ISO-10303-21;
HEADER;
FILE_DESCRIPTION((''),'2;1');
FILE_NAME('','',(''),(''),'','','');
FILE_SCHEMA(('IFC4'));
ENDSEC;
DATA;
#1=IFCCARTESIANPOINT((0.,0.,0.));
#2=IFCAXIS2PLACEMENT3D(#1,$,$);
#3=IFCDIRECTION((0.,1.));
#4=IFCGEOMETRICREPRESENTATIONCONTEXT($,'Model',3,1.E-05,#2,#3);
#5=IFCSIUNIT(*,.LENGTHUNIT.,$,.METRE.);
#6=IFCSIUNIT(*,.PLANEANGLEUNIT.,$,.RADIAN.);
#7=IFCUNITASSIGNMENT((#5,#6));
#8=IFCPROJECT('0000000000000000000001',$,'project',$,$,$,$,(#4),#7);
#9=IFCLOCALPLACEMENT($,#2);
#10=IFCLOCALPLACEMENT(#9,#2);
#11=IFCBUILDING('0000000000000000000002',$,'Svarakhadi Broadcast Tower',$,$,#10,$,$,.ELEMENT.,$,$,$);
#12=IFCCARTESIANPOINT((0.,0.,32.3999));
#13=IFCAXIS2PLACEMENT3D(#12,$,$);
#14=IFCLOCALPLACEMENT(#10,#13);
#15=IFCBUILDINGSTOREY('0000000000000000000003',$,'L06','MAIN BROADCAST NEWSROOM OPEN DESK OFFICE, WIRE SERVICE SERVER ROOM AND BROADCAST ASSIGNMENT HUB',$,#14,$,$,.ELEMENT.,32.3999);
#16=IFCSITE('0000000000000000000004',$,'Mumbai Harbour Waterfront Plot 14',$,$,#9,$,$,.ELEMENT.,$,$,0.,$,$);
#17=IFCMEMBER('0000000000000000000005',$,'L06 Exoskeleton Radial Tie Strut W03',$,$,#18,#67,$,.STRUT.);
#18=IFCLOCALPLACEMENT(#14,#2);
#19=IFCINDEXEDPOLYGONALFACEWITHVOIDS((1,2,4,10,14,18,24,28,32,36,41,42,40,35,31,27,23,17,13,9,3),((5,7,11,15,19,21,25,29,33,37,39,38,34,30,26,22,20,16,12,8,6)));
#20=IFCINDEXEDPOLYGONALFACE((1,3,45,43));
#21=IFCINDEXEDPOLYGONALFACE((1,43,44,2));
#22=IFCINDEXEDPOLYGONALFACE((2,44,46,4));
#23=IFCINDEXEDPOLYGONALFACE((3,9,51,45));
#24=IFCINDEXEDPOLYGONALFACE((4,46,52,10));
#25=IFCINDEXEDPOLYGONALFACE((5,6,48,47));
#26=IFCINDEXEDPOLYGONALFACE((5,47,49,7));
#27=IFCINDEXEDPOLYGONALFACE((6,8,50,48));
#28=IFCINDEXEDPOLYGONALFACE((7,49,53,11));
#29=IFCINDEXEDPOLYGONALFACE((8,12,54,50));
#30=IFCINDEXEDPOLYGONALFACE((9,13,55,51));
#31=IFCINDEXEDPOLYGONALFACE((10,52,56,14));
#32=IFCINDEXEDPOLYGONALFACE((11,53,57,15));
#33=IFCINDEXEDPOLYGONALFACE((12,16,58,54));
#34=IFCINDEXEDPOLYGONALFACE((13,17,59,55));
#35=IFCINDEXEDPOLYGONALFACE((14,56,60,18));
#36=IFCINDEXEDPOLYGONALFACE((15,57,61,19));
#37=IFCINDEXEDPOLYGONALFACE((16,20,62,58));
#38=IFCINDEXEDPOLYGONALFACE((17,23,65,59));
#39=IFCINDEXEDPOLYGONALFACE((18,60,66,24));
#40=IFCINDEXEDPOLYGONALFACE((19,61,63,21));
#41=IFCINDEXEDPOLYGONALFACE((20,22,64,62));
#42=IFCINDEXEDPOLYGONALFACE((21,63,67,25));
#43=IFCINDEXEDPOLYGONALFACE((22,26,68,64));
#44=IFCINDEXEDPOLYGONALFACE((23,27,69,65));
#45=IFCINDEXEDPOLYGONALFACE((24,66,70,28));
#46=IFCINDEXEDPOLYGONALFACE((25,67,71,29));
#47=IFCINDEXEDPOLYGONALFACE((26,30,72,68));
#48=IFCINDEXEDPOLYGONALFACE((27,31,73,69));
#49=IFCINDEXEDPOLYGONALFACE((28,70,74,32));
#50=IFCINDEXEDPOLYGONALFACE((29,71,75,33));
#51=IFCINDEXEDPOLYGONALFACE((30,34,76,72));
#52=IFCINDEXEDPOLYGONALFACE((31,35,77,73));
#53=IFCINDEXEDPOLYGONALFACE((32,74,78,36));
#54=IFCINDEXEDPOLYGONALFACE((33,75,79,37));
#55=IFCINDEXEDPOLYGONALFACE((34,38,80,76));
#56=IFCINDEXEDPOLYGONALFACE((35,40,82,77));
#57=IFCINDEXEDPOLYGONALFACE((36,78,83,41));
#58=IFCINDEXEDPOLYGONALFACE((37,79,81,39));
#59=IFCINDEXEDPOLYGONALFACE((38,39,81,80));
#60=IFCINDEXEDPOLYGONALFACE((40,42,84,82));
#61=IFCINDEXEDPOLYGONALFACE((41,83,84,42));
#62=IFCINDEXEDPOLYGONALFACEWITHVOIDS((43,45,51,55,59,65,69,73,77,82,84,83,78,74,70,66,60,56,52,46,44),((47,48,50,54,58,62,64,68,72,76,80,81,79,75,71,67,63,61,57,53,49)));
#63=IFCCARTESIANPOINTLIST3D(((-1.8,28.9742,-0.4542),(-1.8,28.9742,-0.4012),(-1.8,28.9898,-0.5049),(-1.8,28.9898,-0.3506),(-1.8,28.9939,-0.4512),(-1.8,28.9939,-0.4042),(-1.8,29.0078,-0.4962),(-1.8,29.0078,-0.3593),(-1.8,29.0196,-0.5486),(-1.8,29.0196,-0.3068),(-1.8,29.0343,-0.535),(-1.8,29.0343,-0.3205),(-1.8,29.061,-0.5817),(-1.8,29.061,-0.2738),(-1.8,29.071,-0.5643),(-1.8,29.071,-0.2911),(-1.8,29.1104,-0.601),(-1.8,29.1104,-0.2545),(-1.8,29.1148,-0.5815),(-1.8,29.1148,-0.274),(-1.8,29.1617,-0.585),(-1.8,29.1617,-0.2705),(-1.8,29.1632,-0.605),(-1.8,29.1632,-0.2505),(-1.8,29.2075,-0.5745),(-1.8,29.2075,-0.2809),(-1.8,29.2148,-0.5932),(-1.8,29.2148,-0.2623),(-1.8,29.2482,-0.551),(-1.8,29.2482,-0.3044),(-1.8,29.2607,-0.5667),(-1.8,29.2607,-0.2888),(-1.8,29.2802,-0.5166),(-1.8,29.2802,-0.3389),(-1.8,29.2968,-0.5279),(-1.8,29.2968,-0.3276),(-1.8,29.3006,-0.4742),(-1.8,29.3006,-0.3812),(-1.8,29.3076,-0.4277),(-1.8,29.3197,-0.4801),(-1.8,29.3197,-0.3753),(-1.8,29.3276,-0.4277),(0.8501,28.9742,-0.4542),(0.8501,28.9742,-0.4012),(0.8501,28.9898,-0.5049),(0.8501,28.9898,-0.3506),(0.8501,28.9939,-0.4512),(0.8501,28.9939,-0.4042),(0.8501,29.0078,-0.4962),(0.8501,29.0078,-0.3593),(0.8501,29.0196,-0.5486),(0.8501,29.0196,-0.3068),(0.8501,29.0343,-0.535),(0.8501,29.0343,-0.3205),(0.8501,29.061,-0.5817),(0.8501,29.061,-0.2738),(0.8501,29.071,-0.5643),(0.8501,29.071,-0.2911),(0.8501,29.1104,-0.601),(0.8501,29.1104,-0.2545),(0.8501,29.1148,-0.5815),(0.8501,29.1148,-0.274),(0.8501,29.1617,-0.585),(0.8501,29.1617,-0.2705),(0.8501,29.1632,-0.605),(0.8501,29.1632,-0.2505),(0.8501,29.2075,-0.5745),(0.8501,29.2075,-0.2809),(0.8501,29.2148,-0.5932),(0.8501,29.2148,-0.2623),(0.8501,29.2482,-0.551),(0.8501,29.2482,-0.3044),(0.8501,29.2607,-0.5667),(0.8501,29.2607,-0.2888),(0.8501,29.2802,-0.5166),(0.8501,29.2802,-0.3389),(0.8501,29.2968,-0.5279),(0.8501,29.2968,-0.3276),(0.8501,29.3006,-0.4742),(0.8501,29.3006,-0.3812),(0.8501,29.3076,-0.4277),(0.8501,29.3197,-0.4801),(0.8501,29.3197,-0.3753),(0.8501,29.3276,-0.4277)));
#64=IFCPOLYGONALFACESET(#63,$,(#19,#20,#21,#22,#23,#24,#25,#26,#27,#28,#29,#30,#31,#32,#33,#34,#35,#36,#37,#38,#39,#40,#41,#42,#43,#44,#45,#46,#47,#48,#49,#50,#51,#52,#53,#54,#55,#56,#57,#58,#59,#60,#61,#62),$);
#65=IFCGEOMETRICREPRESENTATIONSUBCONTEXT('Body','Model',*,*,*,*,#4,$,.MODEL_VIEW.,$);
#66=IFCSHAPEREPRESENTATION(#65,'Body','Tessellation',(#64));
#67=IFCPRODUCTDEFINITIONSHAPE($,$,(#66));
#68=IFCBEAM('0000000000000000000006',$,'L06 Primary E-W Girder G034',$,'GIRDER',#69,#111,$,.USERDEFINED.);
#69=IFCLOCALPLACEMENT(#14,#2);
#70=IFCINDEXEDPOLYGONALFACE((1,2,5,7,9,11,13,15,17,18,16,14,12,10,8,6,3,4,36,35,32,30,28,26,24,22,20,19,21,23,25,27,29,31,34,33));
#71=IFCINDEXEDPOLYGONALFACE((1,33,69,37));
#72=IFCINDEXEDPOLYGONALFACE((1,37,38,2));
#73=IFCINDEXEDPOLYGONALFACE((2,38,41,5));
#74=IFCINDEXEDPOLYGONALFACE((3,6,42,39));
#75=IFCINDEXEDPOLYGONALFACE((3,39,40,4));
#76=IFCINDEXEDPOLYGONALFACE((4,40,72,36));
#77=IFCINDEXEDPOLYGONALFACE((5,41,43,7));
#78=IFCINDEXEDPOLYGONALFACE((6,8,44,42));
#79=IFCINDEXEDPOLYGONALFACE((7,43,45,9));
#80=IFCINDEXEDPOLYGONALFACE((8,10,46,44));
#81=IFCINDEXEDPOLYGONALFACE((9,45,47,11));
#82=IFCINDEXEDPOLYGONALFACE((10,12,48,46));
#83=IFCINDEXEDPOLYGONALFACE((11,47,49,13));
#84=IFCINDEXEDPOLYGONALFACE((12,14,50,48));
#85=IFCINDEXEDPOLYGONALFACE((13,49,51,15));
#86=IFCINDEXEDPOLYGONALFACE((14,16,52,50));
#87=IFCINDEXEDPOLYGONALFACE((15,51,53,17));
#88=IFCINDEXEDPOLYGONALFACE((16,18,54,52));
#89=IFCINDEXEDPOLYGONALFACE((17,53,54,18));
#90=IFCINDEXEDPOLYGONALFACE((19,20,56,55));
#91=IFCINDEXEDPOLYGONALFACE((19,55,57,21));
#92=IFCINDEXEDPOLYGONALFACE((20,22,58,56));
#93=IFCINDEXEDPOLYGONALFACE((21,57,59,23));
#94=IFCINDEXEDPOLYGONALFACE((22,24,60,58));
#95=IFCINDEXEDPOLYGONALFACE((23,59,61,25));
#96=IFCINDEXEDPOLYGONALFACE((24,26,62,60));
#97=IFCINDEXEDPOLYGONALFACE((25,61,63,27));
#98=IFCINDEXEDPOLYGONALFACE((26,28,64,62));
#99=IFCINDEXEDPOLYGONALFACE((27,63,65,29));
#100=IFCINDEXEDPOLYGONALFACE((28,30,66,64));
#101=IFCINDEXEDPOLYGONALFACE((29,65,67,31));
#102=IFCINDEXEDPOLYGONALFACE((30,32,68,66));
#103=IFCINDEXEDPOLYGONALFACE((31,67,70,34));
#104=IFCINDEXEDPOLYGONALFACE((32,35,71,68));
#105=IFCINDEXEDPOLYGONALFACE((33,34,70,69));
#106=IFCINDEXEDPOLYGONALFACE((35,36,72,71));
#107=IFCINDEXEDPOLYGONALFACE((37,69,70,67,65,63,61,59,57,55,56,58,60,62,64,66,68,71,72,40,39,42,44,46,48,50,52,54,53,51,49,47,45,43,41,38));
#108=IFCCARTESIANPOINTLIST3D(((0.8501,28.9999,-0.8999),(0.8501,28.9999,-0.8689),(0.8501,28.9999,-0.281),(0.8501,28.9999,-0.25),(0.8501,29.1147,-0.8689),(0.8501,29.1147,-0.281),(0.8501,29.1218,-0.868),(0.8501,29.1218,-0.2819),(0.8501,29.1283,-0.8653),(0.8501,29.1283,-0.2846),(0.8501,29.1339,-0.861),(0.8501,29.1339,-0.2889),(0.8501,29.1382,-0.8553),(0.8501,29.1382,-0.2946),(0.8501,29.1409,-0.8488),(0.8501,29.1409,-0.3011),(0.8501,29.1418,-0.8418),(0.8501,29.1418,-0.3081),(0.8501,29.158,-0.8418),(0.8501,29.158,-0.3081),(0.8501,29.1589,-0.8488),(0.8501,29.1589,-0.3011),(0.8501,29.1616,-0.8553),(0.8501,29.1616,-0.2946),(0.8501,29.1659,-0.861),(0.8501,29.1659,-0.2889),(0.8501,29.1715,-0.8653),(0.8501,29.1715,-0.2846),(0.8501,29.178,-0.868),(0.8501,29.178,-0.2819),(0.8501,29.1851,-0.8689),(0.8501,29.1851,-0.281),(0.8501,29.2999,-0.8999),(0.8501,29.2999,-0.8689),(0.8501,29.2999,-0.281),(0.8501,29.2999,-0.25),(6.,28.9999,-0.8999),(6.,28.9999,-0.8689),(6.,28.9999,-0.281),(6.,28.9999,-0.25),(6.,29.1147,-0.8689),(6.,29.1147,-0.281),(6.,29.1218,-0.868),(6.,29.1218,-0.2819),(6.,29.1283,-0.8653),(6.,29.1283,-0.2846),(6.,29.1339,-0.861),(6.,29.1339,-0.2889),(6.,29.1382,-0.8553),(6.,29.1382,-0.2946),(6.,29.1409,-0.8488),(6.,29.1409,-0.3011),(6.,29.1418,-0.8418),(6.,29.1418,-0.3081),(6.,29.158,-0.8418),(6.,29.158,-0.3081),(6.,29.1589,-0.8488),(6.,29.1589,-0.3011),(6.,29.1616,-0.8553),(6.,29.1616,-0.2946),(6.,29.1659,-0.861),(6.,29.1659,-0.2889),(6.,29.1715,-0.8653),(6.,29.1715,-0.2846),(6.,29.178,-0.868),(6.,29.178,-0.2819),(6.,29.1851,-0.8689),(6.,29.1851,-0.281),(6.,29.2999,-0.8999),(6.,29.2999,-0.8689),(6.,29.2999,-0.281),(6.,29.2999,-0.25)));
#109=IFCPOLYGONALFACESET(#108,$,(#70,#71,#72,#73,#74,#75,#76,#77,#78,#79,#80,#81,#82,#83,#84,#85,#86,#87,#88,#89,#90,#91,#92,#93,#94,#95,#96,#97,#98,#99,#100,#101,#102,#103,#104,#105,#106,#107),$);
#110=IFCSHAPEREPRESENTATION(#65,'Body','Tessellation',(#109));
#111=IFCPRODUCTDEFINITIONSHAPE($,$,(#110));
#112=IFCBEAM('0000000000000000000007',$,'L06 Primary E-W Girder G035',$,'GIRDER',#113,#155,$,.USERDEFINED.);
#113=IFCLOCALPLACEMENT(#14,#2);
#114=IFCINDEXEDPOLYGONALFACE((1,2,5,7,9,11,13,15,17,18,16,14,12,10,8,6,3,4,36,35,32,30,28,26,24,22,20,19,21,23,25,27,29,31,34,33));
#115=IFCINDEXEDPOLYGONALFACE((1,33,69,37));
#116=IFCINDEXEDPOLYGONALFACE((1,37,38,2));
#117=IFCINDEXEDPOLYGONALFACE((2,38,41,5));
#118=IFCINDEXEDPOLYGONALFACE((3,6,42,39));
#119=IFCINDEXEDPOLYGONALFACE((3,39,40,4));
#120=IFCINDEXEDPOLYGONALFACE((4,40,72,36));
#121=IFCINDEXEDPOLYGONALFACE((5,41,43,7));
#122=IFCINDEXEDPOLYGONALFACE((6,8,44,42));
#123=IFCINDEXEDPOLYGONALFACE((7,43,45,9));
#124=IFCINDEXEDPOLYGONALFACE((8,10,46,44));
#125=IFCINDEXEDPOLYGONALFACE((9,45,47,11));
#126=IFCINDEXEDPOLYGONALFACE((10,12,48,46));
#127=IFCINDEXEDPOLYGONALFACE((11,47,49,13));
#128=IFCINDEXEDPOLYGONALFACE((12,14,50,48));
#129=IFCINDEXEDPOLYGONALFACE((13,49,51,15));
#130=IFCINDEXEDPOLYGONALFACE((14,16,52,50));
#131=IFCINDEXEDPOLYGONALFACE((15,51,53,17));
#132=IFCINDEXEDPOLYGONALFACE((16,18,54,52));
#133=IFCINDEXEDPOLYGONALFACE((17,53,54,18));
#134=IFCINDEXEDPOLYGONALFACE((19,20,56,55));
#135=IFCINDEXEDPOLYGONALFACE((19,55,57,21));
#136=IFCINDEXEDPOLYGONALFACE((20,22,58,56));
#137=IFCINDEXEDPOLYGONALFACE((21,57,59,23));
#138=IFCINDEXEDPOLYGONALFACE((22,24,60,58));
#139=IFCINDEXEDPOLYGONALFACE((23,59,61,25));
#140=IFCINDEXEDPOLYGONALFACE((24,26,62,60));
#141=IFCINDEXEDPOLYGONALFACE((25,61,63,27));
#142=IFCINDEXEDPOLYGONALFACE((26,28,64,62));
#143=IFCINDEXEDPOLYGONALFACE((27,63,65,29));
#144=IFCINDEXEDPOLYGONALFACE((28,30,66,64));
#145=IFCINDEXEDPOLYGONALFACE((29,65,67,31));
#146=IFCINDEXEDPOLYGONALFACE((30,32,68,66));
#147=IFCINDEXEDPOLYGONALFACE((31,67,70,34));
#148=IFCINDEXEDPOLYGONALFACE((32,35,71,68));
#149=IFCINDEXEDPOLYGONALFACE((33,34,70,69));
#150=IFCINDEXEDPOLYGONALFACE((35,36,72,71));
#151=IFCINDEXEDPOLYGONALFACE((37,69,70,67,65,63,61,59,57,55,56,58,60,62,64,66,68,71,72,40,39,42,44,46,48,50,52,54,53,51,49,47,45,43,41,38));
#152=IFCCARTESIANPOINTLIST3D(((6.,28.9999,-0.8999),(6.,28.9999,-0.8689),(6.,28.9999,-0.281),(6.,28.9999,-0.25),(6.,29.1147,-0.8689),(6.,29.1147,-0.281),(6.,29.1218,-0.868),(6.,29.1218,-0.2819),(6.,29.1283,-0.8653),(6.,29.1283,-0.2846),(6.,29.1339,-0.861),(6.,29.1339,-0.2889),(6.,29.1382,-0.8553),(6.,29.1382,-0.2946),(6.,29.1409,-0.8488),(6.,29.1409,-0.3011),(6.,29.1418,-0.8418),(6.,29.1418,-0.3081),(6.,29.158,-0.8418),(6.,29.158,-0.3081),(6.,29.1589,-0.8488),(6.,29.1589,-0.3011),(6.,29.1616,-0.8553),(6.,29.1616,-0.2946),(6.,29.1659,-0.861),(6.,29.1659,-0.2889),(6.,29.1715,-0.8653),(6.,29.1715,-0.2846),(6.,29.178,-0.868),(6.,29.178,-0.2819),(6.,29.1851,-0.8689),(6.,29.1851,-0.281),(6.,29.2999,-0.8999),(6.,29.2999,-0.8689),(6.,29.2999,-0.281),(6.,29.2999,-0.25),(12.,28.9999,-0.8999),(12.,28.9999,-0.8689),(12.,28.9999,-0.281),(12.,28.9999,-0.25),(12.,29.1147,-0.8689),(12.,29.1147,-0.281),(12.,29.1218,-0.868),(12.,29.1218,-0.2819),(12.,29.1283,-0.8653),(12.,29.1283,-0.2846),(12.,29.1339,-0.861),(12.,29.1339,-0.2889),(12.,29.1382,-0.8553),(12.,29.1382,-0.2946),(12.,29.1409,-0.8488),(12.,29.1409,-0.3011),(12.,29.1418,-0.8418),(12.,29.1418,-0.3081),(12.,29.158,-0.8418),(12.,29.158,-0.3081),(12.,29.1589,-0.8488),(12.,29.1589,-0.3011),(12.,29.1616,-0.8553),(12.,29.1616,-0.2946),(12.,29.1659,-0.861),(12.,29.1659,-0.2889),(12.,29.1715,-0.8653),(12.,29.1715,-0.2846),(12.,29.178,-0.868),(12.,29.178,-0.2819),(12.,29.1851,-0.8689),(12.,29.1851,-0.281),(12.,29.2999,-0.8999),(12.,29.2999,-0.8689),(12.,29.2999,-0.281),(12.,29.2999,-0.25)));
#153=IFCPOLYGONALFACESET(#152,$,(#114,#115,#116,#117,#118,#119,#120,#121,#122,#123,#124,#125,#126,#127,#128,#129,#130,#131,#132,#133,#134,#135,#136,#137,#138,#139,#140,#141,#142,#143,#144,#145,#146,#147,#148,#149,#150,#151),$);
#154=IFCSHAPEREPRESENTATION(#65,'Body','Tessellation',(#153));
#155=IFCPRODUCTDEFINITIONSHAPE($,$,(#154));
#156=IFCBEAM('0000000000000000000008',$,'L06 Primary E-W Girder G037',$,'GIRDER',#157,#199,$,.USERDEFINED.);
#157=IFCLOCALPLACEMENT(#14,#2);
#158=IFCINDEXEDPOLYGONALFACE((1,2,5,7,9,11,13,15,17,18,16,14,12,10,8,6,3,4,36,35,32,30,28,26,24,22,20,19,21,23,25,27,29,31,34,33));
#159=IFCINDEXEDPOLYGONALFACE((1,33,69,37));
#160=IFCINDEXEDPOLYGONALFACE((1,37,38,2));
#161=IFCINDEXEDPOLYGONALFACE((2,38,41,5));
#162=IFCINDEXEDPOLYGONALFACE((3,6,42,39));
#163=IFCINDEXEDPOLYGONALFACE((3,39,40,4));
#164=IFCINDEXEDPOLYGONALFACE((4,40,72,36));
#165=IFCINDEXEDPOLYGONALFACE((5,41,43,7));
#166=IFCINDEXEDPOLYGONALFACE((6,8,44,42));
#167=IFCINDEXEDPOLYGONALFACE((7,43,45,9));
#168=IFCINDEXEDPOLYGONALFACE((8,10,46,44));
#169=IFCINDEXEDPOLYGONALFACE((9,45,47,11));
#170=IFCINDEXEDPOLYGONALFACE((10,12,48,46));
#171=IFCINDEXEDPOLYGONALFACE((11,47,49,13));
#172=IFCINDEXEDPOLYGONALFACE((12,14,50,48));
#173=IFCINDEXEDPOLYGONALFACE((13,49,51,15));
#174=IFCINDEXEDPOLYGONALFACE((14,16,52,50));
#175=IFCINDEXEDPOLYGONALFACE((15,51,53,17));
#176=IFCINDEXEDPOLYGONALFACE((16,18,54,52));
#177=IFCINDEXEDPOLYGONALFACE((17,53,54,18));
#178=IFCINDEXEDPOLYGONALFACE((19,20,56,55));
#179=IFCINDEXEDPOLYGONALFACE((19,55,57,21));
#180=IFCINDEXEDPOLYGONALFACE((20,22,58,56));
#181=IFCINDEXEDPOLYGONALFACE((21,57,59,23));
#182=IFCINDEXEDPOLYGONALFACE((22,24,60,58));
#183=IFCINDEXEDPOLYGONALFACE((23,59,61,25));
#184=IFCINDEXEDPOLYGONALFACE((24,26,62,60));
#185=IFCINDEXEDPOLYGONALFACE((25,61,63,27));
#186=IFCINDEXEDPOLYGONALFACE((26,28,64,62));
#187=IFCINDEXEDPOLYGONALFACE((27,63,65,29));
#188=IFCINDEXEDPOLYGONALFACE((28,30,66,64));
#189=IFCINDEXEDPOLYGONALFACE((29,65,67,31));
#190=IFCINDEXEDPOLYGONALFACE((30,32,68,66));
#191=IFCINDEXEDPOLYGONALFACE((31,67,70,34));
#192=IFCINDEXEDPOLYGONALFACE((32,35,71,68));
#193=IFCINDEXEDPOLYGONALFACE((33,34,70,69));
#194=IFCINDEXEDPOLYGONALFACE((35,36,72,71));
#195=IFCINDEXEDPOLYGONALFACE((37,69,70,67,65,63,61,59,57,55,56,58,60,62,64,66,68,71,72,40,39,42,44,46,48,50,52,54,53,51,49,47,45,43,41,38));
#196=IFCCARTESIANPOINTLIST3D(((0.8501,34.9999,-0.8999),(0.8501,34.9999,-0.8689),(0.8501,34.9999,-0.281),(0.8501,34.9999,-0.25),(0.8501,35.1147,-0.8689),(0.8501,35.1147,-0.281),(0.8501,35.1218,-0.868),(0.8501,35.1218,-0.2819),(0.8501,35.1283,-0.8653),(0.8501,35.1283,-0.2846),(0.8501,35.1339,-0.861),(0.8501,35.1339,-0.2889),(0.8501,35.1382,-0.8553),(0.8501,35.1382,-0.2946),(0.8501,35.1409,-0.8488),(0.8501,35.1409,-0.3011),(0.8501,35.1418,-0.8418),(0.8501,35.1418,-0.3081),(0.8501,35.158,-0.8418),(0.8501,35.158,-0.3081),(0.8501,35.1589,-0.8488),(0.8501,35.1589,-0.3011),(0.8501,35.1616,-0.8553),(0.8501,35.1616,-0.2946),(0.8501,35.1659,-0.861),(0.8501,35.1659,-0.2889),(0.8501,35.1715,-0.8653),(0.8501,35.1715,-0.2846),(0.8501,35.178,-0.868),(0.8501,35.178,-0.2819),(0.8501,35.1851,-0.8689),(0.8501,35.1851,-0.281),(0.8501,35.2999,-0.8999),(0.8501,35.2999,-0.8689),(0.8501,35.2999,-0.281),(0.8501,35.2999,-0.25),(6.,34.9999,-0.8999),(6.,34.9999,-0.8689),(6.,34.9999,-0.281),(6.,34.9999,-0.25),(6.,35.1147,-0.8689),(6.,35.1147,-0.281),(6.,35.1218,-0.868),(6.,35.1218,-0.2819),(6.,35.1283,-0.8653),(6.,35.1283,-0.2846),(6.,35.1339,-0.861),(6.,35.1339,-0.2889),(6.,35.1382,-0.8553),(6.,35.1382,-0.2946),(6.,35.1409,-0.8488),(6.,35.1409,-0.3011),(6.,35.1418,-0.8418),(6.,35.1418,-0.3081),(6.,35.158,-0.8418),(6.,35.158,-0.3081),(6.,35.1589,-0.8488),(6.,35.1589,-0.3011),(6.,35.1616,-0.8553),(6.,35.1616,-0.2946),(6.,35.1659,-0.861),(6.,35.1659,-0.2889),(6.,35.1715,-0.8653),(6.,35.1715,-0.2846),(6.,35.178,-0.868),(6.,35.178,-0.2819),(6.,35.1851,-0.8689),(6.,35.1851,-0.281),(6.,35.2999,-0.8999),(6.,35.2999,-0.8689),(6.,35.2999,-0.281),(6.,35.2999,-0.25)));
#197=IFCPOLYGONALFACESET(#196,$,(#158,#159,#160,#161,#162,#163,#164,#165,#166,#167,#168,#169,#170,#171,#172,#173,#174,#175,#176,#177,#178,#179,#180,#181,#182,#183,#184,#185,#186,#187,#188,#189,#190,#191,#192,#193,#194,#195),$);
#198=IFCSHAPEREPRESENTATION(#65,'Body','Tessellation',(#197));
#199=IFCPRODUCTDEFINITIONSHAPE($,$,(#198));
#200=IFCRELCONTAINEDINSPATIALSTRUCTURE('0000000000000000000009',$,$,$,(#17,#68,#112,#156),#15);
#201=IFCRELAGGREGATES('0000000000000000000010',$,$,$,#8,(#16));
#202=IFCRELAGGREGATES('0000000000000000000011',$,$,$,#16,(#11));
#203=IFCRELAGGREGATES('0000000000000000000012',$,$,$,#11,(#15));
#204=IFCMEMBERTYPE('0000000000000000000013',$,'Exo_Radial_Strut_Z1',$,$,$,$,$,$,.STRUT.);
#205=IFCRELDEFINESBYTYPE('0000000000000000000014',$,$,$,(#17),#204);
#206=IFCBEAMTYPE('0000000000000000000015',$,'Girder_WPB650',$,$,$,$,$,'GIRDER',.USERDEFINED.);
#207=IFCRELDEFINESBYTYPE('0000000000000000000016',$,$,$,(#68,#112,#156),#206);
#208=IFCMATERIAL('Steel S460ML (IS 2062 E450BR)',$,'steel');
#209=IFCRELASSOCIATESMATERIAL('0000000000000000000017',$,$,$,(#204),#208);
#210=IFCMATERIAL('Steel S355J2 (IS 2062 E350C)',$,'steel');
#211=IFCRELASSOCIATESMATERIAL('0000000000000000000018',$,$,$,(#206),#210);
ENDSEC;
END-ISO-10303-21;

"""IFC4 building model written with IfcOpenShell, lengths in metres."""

from ifc_helpers import new_model, si_unit, direction, frame, origin, origin_2d, place, context, subcontext, project, spatial, hollow_circle, i_section, extrude, material, material_profile, profile_set, type_object, element, save


model = new_model("IFC4")

# Units and contexts
model_context = context("Model", 3, precision=1e-05, world=origin(), true_north=direction((0.0, 1.0)))
body_context = subcontext(model_context, "Body", "Model", "MODEL_VIEW")
ifc_project = project(units=[si_unit("LENGTHUNIT", "METRE"), si_unit("PLANEANGLEUNIT", "RADIAN")], contexts=[model_context])

# Site, building, storey
site_placement = place(None, origin())
site = spatial("IfcSite", under=ifc_project, at=site_placement, Name="Mumbai Harbour Waterfront Plot 14", CompositionType="ELEMENT", RefElevation=0.0)
building_placement = place(site_placement, origin())
building = spatial("IfcBuilding", under=site, at=building_placement, Name="Svarakhadi Broadcast Tower", CompositionType="ELEMENT")
storey_placement = place(building_placement, frame((0.0, 0.0, 32.3999)))
storey = spatial("IfcBuildingStorey", under=building, at=storey_placement, Name="L06", Description="MAIN BROADCAST NEWSROOM OPEN DESK OFFICE, WIRE SERVICE SERVER ROOM AND BROADCAST ASSIGNMENT HUB", CompositionType="ELEMENT", Elevation=32.3999)

# Shared definitions
ifc_material_1 = material(Name="Steel S460ML (IS 2062 E450BR)", Category="steel")

# Shared definitions
ifc_material_2 = material(Name="Steel S355J2 (IS 2062 E350C)", Category="steel")

# Member
ifc_material_profile_1 = material_profile(ifc_material_1, hollow_circle(Radius=0.1777, WallThickness=0.02, at=origin_2d()), Name="CHS 355.6x20")
ifc_profile_set_1 = profile_set([ifc_material_profile_1], Name="Steel S460ML (IS 2062 E450BR)")
member_type_1 = type_object("IfcMemberType", Name="Exo_Radial_Strut_Z1", PredefinedType="STRUT", material=ifc_profile_set_1)
member_1_placement = place(storey_placement, frame((-1.8, 29.1499, -0.4277), z_axis=(1.0, 0.0, 0.0), x_axis=(0.0, 1.0, 0.0)))
element("IfcMember", 1, at=member_1_placement, inside=storey, type_object=member_type_1, Name="L06 Exoskeleton Radial Tie Strut W03", PredefinedType="STRUT", context=body_context, shape_type="SweptSolid", body=[
    extrude(hollow_circle(Radius=0.1777, WallThickness=0.02, at=origin_2d()), origin(), (0.0, 0.0, 1.0), 2.6501),
])

# Beams
ifc_material_profile_2 = material_profile(ifc_material_2, i_section(OverallWidth=0.3, OverallDepth=0.6499, WebThickness=0.0161, FlangeThickness=0.031, FilletRadius=0.0271, at=origin_2d()), Name="WPB 650x300x225")
ifc_profile_set_2 = profile_set([ifc_material_profile_2], Name="Steel S355J2 (IS 2062 E350C)")
beam_type_1 = type_object("IfcBeamType", Name="Girder_WPB650", ElementType="GIRDER", PredefinedType="USERDEFINED", material=ifc_profile_set_2)
beam_1_placement = place(storey_placement, frame((0.8501, 29.1499, -0.575), z_axis=(1.0, 0.0, 0.0), x_axis=(0.0, 1.0, 0.0)))
element("IfcBeam", 2, at=beam_1_placement, inside=storey, type_object=beam_type_1, Name="L06 Primary E-W Girder G034", ObjectType="GIRDER", PredefinedType="USERDEFINED", context=body_context, shape_type="SweptSolid", body=[
    extrude(i_section(OverallWidth=0.3, OverallDepth=0.6499, WebThickness=0.0161, FlangeThickness=0.031, FilletRadius=0.0271, at=origin_2d()), origin(), (0.0, 0.0, 1.0), 5.1499),
])
beam_2_placement = place(storey_placement, frame((6.0, 29.1499, -0.575), z_axis=(1.0, 0.0, 0.0), x_axis=(0.0, 1.0, 0.0)))
element("IfcBeam", 3, at=beam_2_placement, inside=storey, type_object=beam_type_1, Name="L06 Primary E-W Girder G035", ObjectType="GIRDER", PredefinedType="USERDEFINED", context=body_context, shape_type="SweptSolid", body=[
    extrude(i_section(OverallWidth=0.3, OverallDepth=0.6499, WebThickness=0.0161, FlangeThickness=0.031, FilletRadius=0.0271, at=origin_2d()), origin(), (0.0, 0.0, 1.0), 6.0),
])
beam_3_placement = place(storey_placement, frame((0.8501, 35.1499, -0.575), z_axis=(1.0, 0.0, 0.0), x_axis=(0.0, 1.0, 0.0)))
element("IfcBeam", 4, at=beam_3_placement, inside=storey, type_object=beam_type_1, Name="L06 Primary E-W Girder G037", ObjectType="GIRDER", PredefinedType="USERDEFINED", context=body_context, shape_type="SweptSolid", body=[
    extrude(i_section(OverallWidth=0.3, OverallDepth=0.6499, WebThickness=0.0161, FlangeThickness=0.031, FilletRadius=0.0271, at=origin_2d()), origin(), (0.0, 0.0, 1.0), 5.1499),
])

save(model, "model.ifc")
